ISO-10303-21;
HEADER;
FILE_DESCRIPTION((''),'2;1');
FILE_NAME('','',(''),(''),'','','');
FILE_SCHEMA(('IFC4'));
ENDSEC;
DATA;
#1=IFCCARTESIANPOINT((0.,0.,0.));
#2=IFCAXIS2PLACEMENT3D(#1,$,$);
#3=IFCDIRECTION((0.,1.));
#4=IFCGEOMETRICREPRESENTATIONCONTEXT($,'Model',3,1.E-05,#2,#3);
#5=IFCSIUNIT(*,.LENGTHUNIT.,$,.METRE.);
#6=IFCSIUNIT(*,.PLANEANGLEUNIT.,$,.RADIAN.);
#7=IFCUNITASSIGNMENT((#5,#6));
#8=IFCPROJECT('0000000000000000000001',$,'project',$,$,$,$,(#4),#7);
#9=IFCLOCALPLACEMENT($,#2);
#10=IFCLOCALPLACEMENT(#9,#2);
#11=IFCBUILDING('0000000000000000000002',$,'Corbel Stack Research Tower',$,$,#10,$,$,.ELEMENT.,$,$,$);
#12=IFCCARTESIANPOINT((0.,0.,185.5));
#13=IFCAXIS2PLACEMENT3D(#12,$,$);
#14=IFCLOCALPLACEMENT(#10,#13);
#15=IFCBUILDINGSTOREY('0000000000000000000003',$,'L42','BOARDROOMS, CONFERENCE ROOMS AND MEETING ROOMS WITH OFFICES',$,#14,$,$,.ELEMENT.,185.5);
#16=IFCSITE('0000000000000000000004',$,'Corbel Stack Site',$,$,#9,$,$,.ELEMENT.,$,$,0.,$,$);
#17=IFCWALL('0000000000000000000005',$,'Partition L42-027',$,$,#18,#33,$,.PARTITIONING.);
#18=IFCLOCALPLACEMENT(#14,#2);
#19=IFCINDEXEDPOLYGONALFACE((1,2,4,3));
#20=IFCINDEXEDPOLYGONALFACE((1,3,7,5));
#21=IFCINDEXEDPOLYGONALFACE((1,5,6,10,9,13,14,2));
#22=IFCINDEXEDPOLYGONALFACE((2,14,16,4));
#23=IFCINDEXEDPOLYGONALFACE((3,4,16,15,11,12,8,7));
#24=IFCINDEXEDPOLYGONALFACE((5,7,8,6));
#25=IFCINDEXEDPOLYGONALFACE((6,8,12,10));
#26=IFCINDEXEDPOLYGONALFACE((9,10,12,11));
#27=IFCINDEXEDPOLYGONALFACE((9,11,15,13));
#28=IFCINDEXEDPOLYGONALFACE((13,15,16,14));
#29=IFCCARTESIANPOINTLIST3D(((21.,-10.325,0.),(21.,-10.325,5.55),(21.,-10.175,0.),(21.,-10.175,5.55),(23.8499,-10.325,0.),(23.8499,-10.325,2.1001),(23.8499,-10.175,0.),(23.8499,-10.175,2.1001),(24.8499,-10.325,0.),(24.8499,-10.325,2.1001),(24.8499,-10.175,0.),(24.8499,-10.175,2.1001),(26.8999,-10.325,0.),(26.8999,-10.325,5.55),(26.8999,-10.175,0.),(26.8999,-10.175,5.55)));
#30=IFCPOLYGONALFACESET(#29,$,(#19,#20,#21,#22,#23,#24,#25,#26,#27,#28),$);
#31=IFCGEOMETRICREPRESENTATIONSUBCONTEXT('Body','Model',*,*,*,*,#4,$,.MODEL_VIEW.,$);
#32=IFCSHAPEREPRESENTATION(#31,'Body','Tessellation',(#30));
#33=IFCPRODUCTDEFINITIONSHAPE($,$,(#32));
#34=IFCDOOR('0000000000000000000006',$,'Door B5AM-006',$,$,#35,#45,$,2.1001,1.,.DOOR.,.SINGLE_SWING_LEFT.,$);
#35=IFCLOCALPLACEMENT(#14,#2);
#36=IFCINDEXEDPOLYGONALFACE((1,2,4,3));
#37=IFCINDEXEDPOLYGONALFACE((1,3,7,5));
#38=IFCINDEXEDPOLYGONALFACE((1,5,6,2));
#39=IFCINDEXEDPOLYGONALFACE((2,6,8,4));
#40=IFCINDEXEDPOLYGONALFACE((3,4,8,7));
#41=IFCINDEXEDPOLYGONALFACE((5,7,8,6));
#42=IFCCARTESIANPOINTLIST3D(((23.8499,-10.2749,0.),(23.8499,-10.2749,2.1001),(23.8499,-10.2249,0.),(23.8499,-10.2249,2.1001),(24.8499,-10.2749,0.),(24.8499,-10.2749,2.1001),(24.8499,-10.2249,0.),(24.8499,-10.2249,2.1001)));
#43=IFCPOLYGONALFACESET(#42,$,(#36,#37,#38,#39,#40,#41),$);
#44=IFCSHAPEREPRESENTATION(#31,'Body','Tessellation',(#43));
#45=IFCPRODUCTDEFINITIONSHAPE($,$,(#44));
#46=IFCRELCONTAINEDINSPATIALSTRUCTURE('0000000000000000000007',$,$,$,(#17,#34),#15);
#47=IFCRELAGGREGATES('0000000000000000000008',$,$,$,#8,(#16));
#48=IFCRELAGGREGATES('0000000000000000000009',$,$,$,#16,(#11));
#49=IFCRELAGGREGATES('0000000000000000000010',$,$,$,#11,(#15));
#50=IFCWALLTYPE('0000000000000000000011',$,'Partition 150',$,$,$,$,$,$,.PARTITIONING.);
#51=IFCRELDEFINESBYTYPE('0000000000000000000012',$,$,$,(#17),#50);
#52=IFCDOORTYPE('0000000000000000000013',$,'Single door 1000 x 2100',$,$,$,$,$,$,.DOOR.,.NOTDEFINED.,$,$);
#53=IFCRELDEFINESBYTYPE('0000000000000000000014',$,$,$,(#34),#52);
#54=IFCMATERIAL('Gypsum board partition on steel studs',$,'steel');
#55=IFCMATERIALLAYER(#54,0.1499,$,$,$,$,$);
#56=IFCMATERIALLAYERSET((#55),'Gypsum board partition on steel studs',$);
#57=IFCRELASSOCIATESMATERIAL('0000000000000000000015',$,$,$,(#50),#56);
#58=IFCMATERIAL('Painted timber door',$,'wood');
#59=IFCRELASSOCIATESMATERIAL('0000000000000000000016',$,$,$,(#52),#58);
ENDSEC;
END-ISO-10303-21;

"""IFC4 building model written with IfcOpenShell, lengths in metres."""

from ifc_helpers import new_model, si_unit, direction, frame, frame_2d, origin, place, context, subcontext, project, spatial, rectangle, extrude, material, layer, layer_set, type_object, element, fill, save


model = new_model("IFC4")

# Units and contexts
model_context = context("Model", 3, precision=1e-05, world=origin(), true_north=direction((0.0, 1.0)))
body_context = subcontext(model_context, "Body", "Model", "MODEL_VIEW")
ifc_project = project(units=[si_unit("LENGTHUNIT", "METRE"), si_unit("PLANEANGLEUNIT", "RADIAN")], contexts=[model_context])

# Site, building, storey
site_placement = place(None, origin())
site = spatial("IfcSite", under=ifc_project, at=site_placement, Name="Corbel Stack Site", CompositionType="ELEMENT", RefElevation=0.0)
building_placement = place(site_placement, origin())
building = spatial("IfcBuilding", under=site, at=building_placement, Name="Corbel Stack Research Tower", CompositionType="ELEMENT")
storey_placement = place(building_placement, frame((0.0, 0.0, 185.5)))
storey = spatial("IfcBuildingStorey", under=building, at=storey_placement, Name="L42", Description="BOARDROOMS, CONFERENCE ROOMS AND MEETING ROOMS WITH OFFICES", CompositionType="ELEMENT", Elevation=185.5)

# Wall, opening, door
ifc_material_1 = material(Name="Gypsum board partition on steel studs", Category="steel")
ifc_layer_1 = layer(ifc_material_1, 0.1499)
ifc_layer_set_1 = layer_set([ifc_layer_1], Name="Gypsum board partition on steel studs")
wall_type_1 = type_object("IfcWallType", Name="Partition 150", PredefinedType="PARTITIONING", material=ifc_layer_set_1)
wall_1_placement = place(storey_placement, frame((26.8999, -10.25, 0.0), z_axis=(0.0, 0.0, 1.0), x_axis=(-1.0, 0.0, 0.0)))
wall_1 = element("IfcWall", 1, at=wall_1_placement, inside=storey, type_object=wall_type_1, Name="Partition L42-027", PredefinedType="PARTITIONING", context=body_context, shape_type="SweptSolid", body=[
    extrude(rectangle(XDim=5.8999, YDim=0.1499, at=frame_2d((2.95, 0.0))), origin(), (0.0, 0.0, 1.0), 5.55),
])
opening_1_placement = place(wall_1_placement, frame((2.05, 0.0, 0.0)))
opening_1 = element("IfcOpeningElement", 2, at=opening_1_placement, cuts=wall_1, PredefinedType="OPENING", context=body_context, shape_type="SweptSolid", body=[
    extrude(rectangle(XDim=1.0, YDim=2.1001, at=frame_2d((0.5, 1.05))), frame((0.0, 0.085, 0.0), z_axis=(0.0, -1.0, 0.0), x_axis=(1.0, 0.0, 0.0)), (0.0, 0.0, 1.0), 0.1699),
])
ifc_material_2 = material(Name="Painted timber door", Category="wood")
door_type_1 = type_object("IfcDoorType", Name="Single door 1000 x 2100", OperationType="NOTDEFINED", PredefinedType="DOOR", material=ifc_material_2)
door_1_placement = place(opening_1_placement, origin())
door_1 = element("IfcDoor", 3, at=door_1_placement, inside=storey, type_object=door_type_1, Name="Door B5AM-006", OperationType="SINGLE_SWING_LEFT", OverallHeight=2.1001, OverallWidth=1.0, PredefinedType="DOOR", context=body_context, shape_type="SweptSolid", body=[
    extrude(rectangle(XDim=1.0, YDim=2.1001, at=frame_2d((0.5, 1.05))), frame((0.0, 0.0249, 0.0), z_axis=(0.0, -1.0, 0.0), x_axis=(1.0, 0.0, 0.0)), (0.0, 0.0, 1.0), 0.05),
])
fill(opening_1, door_1)

save(model, "model.ifc")
